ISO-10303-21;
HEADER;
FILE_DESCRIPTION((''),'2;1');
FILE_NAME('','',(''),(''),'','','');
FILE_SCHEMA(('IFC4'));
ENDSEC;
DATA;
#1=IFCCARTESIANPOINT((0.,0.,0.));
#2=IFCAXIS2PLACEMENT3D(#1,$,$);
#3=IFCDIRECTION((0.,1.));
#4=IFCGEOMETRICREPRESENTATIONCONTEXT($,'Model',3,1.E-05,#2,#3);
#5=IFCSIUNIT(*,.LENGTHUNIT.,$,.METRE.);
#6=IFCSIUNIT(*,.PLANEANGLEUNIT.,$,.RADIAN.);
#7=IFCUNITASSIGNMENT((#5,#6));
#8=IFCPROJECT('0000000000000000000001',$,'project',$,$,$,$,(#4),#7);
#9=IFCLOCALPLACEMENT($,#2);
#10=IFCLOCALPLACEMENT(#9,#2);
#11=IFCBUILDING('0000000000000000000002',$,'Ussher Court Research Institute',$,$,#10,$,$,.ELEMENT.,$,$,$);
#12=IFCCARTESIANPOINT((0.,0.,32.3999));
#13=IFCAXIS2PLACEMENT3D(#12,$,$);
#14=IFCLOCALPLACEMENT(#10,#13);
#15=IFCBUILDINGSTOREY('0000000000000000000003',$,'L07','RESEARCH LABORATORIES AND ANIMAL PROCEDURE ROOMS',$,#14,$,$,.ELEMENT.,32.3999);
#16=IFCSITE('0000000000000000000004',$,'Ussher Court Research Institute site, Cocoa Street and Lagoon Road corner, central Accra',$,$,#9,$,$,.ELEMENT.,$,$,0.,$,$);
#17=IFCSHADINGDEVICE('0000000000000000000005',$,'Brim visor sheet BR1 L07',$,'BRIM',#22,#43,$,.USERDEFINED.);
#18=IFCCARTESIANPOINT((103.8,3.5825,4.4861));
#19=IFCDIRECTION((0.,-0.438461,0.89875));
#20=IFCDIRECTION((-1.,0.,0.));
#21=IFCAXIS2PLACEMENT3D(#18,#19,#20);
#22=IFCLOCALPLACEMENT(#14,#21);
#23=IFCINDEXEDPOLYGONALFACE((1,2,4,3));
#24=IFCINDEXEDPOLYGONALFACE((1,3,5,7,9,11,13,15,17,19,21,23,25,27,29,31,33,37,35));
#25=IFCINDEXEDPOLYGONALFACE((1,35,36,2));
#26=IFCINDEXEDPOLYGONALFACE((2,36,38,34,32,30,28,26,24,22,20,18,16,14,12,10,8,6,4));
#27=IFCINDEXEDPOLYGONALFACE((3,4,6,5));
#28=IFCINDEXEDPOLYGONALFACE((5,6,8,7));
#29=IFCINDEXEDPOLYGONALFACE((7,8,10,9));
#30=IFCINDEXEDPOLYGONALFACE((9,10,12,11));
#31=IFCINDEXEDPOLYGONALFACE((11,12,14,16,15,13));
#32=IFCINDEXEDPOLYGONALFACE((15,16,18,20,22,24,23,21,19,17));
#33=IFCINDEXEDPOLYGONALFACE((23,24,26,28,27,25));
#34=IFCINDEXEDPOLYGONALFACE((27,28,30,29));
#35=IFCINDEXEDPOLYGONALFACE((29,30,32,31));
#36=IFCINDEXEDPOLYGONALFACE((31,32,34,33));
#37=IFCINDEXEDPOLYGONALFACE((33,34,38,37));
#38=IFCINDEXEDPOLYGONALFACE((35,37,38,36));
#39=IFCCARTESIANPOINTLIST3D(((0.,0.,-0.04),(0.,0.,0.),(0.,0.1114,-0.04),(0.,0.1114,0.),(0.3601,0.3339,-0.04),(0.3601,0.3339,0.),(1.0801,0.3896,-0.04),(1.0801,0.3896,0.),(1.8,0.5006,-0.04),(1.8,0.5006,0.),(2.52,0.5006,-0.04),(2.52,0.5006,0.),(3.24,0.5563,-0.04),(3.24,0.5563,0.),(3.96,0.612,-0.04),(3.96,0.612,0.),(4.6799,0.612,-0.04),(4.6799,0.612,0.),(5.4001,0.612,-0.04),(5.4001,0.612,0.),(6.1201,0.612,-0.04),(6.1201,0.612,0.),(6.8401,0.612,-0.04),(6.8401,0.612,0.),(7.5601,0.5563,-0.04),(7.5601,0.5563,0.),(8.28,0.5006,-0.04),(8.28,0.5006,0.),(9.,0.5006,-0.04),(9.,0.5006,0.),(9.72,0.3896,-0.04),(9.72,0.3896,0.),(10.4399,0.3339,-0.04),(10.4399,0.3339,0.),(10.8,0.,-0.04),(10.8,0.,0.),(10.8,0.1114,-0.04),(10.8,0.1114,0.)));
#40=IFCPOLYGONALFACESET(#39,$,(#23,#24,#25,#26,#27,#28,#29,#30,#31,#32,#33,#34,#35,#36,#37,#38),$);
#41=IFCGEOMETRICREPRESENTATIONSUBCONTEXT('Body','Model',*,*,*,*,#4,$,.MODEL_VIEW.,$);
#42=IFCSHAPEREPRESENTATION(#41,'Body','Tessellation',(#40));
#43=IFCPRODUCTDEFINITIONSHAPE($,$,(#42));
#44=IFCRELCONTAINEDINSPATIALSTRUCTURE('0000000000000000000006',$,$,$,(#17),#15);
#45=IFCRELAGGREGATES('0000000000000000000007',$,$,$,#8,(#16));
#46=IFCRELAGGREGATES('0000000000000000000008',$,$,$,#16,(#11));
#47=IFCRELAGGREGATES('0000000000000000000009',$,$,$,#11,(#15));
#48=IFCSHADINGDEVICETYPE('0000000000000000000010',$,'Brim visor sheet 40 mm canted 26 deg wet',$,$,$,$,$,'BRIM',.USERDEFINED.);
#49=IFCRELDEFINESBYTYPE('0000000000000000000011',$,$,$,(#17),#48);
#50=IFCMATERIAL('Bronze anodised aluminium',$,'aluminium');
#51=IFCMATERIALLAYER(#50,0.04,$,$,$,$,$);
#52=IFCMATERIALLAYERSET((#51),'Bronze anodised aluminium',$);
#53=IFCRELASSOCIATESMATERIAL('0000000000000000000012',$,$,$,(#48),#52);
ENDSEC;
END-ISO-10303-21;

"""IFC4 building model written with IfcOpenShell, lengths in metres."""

from ifc_helpers import new_model, si_unit, direction, frame, origin, place, context, subcontext, project, spatial, polyline, outline, extrude, material, layer, layer_set, type_object, element, save


model = new_model("IFC4")

# Units and contexts
model_context = context("Model", 3, precision=1e-05, world=origin(), true_north=direction((0.0, 1.0)))
body_context = subcontext(model_context, "Body", "Model", "MODEL_VIEW")
ifc_project = project(units=[si_unit("LENGTHUNIT", "METRE"), si_unit("PLANEANGLEUNIT", "RADIAN")], contexts=[model_context])

# Site, building, storey
site_placement = place(None, origin())
site = spatial("IfcSite", under=ifc_project, at=site_placement, Name="Ussher Court Research Institute site, Cocoa Street and Lagoon Road corner, central Accra", CompositionType="ELEMENT", RefElevation=0.0)
building_placement = place(site_placement, origin())
building = spatial("IfcBuilding", under=site, at=building_placement, Name="Ussher Court Research Institute", CompositionType="ELEMENT")
storey_placement = place(building_placement, frame((0.0, 0.0, 32.3999)))
storey = spatial("IfcBuildingStorey", under=building, at=storey_placement, Name="L07", Description="RESEARCH LABORATORIES AND ANIMAL PROCEDURE ROOMS", CompositionType="ELEMENT", Elevation=32.3999)

# Shading device
ifc_material_1 = material(Name="Bronze anodised aluminium", Category="aluminium")
ifc_layer_1 = layer(ifc_material_1, 0.04)
ifc_layer_set_1 = layer_set([ifc_layer_1], Name="Bronze anodised aluminium")
shading_device_type_1 = type_object("IfcShadingDeviceType", Name="Brim visor sheet 40 mm canted 26 deg wet", ElementType="BRIM", PredefinedType="USERDEFINED", material=ifc_layer_set_1)
shading_device_1_placement = place(storey_placement, frame((103.8, 3.5825, 4.4861), z_axis=(0.0, -0.438461, 0.89875), x_axis=(-1.0, 0.0, 0.0)))
element("IfcShadingDevice", 1, at=shading_device_1_placement, inside=storey, type_object=shading_device_type_1, Name="Brim visor sheet BR1 L07", ObjectType="BRIM", PredefinedType="USERDEFINED", context=body_context, shape_type="SweptSolid", body=[
    extrude(outline(polyline([(0.0, 0.0), (10.8, 0.0), (10.8, 0.1114), (10.4399, 0.3339), (9.72, 0.3896), (9.0, 0.5006), (8.28, 0.5006), (7.5601, 0.5563), (6.8401, 0.612), (6.1201, 0.612), (5.4001, 0.612), (4.6799, 0.612), (3.96, 0.612), (3.24, 0.5563), (2.52, 0.5006), (1.8, 0.5006), (1.0801, 0.3896), (0.3601, 0.3339), (0.0, 0.1114), (0.0, 0.0)])), origin(), (0.0, 0.0, -1.0), 0.04),
])

save(model, "model.ifc")
